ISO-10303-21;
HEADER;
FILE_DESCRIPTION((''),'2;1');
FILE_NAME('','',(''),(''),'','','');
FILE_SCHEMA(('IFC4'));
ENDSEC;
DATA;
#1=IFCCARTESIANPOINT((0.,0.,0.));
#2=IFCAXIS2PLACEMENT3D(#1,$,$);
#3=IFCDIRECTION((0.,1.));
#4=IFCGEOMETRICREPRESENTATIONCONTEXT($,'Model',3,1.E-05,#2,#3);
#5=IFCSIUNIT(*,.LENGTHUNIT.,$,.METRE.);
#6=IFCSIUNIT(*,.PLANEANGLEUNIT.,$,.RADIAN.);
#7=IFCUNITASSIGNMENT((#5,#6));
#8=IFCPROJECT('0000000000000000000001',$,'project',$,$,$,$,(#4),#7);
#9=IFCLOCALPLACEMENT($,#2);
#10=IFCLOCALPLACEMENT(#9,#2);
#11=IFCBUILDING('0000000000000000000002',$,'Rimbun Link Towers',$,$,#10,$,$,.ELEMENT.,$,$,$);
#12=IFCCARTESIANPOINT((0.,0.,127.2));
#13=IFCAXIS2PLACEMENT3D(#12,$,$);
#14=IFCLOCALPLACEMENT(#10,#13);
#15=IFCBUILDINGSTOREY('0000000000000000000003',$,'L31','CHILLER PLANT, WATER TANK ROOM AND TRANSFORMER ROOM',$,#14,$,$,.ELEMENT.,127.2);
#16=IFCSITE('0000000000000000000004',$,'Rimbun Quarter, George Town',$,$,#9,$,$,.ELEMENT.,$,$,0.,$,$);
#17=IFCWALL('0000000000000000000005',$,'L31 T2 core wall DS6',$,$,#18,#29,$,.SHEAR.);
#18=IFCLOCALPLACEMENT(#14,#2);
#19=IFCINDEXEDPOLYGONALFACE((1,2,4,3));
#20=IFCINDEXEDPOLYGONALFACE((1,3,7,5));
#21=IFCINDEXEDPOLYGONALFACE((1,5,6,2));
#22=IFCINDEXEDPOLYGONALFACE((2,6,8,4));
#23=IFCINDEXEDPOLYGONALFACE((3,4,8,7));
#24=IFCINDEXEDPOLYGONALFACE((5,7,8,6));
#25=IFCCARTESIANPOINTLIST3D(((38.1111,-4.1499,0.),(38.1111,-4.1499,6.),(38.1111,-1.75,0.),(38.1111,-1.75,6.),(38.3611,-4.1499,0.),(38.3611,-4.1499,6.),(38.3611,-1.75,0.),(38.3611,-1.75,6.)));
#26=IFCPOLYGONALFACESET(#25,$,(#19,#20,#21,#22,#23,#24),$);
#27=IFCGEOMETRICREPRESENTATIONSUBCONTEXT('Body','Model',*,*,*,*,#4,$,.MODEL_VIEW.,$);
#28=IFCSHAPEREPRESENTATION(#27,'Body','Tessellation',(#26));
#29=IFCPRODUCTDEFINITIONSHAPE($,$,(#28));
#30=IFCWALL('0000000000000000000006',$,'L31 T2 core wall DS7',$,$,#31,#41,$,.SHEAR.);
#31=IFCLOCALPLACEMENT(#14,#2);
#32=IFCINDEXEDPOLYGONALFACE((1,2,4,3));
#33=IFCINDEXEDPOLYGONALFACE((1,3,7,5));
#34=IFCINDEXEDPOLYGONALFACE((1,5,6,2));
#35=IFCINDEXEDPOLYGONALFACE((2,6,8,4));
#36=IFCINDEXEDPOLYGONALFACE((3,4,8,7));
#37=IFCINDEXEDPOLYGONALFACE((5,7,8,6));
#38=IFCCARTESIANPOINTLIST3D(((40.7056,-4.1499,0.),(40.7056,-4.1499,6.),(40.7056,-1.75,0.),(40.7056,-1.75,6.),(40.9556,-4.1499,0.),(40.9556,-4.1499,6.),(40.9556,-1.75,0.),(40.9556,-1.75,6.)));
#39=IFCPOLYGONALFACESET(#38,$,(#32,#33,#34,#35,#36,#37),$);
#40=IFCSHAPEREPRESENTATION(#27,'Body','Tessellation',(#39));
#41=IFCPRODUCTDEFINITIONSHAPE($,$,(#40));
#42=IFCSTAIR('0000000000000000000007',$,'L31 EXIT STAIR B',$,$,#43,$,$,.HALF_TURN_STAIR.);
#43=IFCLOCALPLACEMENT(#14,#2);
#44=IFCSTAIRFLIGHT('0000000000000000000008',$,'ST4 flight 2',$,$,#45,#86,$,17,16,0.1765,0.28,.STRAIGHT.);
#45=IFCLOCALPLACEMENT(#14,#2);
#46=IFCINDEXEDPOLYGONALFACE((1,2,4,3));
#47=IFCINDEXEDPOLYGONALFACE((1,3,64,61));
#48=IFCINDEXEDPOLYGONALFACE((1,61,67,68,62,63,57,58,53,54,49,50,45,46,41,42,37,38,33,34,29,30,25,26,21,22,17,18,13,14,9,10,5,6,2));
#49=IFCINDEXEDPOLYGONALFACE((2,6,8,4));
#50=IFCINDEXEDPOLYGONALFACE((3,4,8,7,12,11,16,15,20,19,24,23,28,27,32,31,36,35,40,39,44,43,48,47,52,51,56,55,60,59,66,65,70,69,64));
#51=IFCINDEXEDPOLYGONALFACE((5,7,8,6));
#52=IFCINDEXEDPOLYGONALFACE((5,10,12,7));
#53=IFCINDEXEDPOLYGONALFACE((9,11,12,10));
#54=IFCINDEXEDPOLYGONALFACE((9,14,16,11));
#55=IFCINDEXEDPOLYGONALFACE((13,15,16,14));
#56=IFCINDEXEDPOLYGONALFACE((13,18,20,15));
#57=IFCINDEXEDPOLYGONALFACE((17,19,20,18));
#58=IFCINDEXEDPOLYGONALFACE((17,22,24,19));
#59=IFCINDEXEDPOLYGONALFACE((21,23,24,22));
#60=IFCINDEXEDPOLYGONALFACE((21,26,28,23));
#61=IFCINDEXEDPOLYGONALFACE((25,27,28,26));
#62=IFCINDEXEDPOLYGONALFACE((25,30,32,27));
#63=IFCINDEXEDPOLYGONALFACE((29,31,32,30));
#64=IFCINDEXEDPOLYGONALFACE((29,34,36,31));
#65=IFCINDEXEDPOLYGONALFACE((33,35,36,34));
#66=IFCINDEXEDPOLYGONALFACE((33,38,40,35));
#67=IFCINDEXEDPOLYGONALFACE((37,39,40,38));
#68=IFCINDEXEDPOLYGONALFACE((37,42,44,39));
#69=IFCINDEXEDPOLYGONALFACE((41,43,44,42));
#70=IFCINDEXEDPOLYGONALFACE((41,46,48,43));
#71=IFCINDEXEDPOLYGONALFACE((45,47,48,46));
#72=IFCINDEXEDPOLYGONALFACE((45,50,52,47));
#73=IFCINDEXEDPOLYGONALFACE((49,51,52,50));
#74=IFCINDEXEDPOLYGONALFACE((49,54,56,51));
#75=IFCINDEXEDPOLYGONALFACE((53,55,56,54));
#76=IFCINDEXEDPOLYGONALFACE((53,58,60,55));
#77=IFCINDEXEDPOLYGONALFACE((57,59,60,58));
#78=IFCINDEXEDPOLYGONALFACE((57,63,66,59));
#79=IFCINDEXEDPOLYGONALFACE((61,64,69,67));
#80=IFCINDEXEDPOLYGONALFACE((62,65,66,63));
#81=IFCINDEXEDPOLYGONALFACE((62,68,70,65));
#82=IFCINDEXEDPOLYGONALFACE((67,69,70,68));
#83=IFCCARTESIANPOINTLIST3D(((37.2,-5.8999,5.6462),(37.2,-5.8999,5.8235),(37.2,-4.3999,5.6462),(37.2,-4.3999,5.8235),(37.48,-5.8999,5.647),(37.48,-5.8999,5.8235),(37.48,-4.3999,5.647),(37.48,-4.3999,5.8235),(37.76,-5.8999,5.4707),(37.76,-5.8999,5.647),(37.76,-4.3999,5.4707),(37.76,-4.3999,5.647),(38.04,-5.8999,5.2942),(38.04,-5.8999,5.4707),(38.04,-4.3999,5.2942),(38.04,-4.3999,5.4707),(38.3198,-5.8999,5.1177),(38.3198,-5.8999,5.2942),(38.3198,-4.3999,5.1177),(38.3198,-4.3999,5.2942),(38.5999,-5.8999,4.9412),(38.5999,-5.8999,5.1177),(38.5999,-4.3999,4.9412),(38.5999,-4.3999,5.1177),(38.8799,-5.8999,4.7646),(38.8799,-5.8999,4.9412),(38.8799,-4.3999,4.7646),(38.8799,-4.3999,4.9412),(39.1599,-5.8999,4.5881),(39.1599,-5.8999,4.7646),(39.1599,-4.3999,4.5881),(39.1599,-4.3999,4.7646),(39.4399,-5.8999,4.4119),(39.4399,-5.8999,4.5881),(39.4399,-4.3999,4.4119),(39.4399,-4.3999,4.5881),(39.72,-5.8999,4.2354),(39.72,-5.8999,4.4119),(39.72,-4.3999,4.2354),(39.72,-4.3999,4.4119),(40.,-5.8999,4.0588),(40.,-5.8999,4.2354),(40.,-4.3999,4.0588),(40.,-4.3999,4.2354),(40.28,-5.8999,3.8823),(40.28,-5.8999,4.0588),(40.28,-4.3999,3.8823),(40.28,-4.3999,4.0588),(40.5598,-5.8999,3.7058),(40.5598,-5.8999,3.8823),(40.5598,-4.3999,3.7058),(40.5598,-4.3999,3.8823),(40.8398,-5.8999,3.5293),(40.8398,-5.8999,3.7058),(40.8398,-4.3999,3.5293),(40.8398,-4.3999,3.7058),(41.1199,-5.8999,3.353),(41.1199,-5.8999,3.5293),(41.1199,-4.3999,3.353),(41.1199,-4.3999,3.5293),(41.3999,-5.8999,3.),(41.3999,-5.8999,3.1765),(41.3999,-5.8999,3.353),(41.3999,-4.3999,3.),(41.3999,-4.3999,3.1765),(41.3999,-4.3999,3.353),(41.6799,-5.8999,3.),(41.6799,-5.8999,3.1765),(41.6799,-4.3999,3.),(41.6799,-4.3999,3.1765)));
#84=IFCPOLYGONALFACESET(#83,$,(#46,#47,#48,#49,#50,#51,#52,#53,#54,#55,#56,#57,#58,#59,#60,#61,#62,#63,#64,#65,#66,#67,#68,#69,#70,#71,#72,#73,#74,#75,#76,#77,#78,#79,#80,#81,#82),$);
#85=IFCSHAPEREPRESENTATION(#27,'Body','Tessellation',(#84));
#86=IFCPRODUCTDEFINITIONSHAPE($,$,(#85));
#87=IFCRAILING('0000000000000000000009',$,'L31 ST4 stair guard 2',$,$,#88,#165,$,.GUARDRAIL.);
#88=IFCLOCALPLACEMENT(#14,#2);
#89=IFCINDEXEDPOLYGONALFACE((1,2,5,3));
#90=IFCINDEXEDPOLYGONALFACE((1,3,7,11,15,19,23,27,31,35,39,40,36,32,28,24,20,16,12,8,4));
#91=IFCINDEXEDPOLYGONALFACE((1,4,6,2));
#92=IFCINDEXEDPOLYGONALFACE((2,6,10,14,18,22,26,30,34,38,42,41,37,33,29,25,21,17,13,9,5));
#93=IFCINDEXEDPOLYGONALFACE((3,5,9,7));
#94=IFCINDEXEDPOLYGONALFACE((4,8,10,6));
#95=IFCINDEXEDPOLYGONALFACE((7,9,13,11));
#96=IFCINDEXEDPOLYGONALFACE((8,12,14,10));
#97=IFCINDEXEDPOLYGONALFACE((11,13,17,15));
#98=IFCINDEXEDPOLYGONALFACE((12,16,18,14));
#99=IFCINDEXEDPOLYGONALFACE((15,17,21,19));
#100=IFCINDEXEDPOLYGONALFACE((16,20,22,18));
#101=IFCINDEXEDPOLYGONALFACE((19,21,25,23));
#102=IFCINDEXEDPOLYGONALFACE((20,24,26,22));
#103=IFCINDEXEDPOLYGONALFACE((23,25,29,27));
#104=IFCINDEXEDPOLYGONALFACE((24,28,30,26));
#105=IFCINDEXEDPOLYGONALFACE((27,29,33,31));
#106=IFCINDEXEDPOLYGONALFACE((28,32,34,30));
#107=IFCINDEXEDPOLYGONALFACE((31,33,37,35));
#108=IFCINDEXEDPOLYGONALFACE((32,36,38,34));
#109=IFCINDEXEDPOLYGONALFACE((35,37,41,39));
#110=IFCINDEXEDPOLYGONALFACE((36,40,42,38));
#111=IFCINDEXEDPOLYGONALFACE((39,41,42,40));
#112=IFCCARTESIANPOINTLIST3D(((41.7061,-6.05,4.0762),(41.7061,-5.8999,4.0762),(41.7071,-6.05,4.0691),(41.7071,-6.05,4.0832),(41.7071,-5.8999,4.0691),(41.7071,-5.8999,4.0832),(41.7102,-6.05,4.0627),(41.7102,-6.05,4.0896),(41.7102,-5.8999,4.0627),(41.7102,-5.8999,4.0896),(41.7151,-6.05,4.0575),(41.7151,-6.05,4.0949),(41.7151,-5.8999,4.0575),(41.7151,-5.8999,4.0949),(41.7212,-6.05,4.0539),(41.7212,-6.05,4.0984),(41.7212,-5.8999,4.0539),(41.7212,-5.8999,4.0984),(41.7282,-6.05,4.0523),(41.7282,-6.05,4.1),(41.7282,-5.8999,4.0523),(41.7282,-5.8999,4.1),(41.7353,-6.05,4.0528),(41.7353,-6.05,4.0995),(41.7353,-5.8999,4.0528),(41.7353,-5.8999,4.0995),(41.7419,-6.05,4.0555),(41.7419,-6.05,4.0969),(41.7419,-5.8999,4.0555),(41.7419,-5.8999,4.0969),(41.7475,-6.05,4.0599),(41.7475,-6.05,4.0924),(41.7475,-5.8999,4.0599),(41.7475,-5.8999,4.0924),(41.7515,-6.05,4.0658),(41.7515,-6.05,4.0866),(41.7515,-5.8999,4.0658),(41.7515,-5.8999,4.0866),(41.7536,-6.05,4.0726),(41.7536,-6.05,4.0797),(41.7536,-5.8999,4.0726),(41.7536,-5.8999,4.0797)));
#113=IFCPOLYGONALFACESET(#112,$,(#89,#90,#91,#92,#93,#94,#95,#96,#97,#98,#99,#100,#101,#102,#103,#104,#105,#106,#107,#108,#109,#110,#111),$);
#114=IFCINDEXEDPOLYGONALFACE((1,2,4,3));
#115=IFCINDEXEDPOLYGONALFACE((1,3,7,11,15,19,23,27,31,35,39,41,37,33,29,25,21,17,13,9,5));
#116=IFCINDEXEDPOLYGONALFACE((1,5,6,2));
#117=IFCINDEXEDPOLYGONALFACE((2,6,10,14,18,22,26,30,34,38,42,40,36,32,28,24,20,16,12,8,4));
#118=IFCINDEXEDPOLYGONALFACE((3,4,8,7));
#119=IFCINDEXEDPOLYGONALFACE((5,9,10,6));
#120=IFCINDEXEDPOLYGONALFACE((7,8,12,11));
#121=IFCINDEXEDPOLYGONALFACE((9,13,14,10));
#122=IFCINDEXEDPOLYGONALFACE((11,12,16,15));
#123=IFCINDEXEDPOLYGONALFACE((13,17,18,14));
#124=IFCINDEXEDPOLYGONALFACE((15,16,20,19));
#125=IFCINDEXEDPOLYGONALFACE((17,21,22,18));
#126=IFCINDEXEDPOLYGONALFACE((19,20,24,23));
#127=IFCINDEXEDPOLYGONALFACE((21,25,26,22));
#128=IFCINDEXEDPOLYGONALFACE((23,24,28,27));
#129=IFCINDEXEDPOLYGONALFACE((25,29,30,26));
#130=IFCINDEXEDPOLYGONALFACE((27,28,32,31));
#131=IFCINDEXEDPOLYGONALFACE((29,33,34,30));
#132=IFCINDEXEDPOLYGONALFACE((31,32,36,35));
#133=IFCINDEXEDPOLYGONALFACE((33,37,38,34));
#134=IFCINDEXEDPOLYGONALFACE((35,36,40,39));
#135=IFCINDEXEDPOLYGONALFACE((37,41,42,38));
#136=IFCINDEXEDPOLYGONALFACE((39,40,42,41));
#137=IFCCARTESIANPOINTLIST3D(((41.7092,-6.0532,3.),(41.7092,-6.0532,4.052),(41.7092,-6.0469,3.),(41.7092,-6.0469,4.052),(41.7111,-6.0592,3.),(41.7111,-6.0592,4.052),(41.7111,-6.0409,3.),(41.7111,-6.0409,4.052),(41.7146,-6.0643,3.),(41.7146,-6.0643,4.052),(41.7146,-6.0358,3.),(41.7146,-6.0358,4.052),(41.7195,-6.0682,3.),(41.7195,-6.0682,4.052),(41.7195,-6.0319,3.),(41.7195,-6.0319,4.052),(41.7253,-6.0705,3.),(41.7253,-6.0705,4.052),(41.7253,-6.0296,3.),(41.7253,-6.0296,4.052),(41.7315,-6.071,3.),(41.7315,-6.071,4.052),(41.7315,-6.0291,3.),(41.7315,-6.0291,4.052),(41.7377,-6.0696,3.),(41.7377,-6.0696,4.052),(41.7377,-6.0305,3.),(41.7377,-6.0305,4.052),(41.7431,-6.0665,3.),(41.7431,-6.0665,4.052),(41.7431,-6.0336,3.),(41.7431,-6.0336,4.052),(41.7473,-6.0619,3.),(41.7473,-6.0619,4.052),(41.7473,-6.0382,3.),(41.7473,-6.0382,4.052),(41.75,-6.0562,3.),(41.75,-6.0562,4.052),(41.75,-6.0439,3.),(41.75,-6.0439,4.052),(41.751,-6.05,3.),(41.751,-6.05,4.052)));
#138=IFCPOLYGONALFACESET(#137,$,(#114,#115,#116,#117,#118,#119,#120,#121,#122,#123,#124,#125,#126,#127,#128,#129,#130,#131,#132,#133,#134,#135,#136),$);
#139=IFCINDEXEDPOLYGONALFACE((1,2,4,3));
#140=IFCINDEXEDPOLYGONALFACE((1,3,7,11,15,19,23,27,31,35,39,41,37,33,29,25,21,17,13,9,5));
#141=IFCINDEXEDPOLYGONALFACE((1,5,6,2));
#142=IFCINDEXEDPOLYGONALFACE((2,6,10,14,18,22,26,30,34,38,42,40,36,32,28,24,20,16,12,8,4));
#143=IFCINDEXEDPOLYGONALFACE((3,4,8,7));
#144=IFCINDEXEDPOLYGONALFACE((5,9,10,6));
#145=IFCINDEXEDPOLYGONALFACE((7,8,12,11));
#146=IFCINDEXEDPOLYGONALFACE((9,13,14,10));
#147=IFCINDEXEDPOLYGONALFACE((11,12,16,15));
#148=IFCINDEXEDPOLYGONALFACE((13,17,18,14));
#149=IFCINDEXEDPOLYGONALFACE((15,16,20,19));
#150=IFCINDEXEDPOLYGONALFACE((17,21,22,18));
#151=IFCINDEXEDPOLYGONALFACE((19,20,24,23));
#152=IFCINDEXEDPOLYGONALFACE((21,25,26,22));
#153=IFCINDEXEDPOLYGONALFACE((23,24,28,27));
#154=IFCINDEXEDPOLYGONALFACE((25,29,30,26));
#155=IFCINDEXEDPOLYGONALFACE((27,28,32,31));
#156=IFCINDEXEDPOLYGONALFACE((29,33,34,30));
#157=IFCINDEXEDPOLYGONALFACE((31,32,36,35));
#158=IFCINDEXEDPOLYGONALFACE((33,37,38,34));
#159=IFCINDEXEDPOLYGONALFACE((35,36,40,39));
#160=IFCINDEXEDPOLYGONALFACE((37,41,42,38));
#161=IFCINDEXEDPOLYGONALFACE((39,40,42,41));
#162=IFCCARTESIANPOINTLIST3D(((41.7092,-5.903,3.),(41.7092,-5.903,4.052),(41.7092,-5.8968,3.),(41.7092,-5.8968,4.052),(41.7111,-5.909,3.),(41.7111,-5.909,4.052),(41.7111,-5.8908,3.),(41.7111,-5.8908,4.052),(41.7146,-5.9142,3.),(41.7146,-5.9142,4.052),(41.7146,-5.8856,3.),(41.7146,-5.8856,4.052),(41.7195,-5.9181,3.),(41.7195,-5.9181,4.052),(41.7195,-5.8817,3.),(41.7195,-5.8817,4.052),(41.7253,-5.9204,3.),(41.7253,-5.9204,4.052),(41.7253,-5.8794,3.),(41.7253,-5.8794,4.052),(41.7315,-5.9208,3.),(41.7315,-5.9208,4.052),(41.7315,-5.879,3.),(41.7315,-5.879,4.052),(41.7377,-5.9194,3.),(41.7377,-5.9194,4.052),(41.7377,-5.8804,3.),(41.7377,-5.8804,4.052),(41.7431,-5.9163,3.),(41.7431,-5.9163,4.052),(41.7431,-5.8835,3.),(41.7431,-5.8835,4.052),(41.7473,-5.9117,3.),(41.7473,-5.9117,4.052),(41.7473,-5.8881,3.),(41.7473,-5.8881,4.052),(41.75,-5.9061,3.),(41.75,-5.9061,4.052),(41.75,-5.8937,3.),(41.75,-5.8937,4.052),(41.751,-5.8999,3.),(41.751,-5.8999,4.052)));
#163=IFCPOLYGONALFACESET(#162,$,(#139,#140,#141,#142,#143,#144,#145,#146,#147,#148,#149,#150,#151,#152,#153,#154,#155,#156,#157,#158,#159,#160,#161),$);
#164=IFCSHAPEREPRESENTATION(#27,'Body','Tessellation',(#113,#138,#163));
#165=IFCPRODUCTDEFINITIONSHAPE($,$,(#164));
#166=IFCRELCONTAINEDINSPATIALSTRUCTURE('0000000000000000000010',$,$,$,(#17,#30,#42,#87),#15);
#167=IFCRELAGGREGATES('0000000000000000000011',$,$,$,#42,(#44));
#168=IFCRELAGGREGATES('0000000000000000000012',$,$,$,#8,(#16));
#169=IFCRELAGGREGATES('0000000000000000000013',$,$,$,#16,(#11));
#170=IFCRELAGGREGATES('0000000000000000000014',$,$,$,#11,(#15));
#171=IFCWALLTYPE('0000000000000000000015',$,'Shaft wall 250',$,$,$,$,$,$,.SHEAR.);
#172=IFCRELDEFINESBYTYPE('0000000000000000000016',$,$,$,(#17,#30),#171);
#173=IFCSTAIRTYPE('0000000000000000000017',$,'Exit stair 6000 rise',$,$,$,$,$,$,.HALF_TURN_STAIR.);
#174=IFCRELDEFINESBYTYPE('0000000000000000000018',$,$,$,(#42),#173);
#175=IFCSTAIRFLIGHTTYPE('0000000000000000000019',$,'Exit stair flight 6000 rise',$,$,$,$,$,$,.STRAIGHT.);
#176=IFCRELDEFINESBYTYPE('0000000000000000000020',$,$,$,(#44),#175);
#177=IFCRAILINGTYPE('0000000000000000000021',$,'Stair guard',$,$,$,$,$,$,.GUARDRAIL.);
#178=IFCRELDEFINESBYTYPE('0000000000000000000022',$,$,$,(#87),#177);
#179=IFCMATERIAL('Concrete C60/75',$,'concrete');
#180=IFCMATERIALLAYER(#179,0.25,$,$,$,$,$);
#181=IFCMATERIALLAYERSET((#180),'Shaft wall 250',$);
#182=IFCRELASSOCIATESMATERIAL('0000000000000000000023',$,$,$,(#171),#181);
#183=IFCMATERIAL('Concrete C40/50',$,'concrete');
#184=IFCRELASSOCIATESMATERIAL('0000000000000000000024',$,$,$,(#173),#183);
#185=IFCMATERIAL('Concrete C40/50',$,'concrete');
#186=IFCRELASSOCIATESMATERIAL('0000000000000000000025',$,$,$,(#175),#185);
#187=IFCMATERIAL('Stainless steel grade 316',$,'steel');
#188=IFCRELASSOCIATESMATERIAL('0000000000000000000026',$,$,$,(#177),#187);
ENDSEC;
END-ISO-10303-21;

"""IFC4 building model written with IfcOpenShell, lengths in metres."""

from ifc_helpers import new_model, si_unit, direction, frame, frame_2d, origin, origin_2d, place, context, subcontext, project, spatial, polyline, rectangle, circle, outline, extrude, material, layer, layer_set, type_object, element, aggregate, save


model = new_model("IFC4")

# Units and contexts
model_context = context("Model", 3, precision=1e-05, world=origin(), true_north=direction((0.0, 1.0)))
body_context = subcontext(model_context, "Body", "Model", "MODEL_VIEW")
ifc_project = project(units=[si_unit("LENGTHUNIT", "METRE"), si_unit("PLANEANGLEUNIT", "RADIAN")], contexts=[model_context])

# Site, building, storey
site_placement = place(None, origin())
site = spatial("IfcSite", under=ifc_project, at=site_placement, Name="Rimbun Quarter, George Town", CompositionType="ELEMENT", RefElevation=0.0)
building_placement = place(site_placement, origin())
building = spatial("IfcBuilding", under=site, at=building_placement, Name="Rimbun Link Towers", CompositionType="ELEMENT")
storey_placement = place(building_placement, frame((0.0, 0.0, 127.2)))
storey = spatial("IfcBuildingStorey", under=building, at=storey_placement, Name="L31", Description="CHILLER PLANT, WATER TANK ROOM AND TRANSFORMER ROOM", CompositionType="ELEMENT", Elevation=127.2)

# Walls
ifc_material_1 = material(Name="Concrete C60/75", Category="concrete")
ifc_layer_1 = layer(ifc_material_1, 0.25)
ifc_layer_set_1 = layer_set([ifc_layer_1], Name="Shaft wall 250")
wall_type_1 = type_object("IfcWallType", Name="Shaft wall 250", PredefinedType="SHEAR", material=ifc_layer_set_1)
for number, where, z_axis, x_axis, name in (
    (1, (38.2361, -4.1499, 0.0), (0.0, 0.0, 1.0), (0.0, 1.0, 0.0), "L31 T2 core wall DS6"),
    (2, (40.8306, -4.1499, 0.0), (0.0, 0.0, 1.0), (0.0, 1.0, 0.0), "L31 T2 core wall DS7"),
):
    element("IfcWall", number, at=place(storey_placement, frame(where, z_axis=z_axis, x_axis=x_axis)), inside=storey, type_object=wall_type_1, Name=name, PredefinedType="SHEAR", context=body_context, shape_type="SweptSolid", body=[
        extrude(rectangle(XDim=2.3999, YDim=0.25, at=frame_2d((1.2, 0.0))), origin(), (0.0, 0.0, 1.0), 6.0),
    ])

# Stair, stair flight
ifc_material_2 = material(Name="Concrete C40/50", Category="concrete")
stair_type = type_object("IfcStairType", Name="Exit stair 6000 rise", PredefinedType="HALF_TURN_STAIR", material=ifc_material_2)
stair_placement = place(storey_placement, origin())
stair = element("IfcStair", 3, at=stair_placement, inside=storey, type_object=stair_type, Name="L31 EXIT STAIR B", PredefinedType="HALF_TURN_STAIR")
ifc_material_3 = material(Name="Concrete C40/50", Category="concrete")
stair_flight_type = type_object("IfcStairFlightType", Name="Exit stair flight 6000 rise", PredefinedType="STRAIGHT", material=ifc_material_3)
stair_flight_placement = place(storey_placement, frame((41.6799, -5.1499, 3.0), z_axis=(0.0, 0.0, 1.0), x_axis=(-1.0, 0.0, 0.0)))
stair_flight = element("IfcStairFlight", 4, at=stair_flight_placement, type_object=stair_flight_type, Name="ST4 flight 2", NumberOfRisers=17, NumberOfTreads=16, PredefinedType="STRAIGHT", RiserHeight=0.1765, TreadLength=0.28, context=body_context, shape_type="SweptSolid", body=[
    extrude(outline(polyline([(0.0, 0.0), (0.0, 0.1765), (0.28, 0.1765), (0.28, 0.353), (0.5601, 0.353), (0.5601, 0.5293), (0.8401, 0.5293), (0.8401, 0.7058), (1.1201, 0.7058), (1.1201, 0.8823), (1.3999, 0.8823), (1.3999, 1.0588), (1.6799, 1.0588), (1.6799, 1.2354), (1.96, 1.2354), (1.96, 1.4119), (2.24, 1.4119), (2.24, 1.5881), (2.52, 1.5881), (2.52, 1.7646), (2.8, 1.7646), (2.8, 1.9412), (3.0801, 1.9412), (3.0801, 2.1177), (3.3601, 2.1177), (3.3601, 2.2942), (3.6399, 2.2942), (3.6399, 2.4707), (3.9199, 2.4707), (3.9199, 2.647), (4.2, 2.647), (4.2, 2.8235), (4.48, 2.8235), (4.48, 3.0), (4.48, 2.6462), (0.28, 0.0), (0.0, 0.0)])), frame((0.0, 0.75, 0.0), z_axis=(0.0, -1.0, 0.0), x_axis=(1.0, 0.0, 0.0)), (0.0, 0.0, 1.0), 1.5),
])
aggregate(stair, [stair_flight])

# Railing
ifc_material_4 = material(Name="Stainless steel grade 316", Category="steel")
railing_type_1 = type_object("IfcRailingType", Name="Stair guard", PredefinedType="GUARDRAIL", material=ifc_material_4)
railing_1_placement = place(storey_placement, frame((41.73, -6.05, 3.0)))
element("IfcRailing", 5, at=railing_1_placement, inside=storey, type_object=railing_type_1, Name="L31 ST4 stair guard 2", PredefinedType="GUARDRAIL", context=body_context, shape_type="SweptSolid", body=[
    extrude(circle(Radius=0.0239, at=origin_2d()), frame((0.0, 0.0, 1.0762), z_axis=(0.0, 1.0, 0.0), x_axis=(-1.0, 0.0, 0.0)), (0.0, 0.0, 1.0), 0.1501),
    extrude(circle(Radius=0.021, at=origin_2d()), origin(), (0.0, 0.0, 1.0), 1.052),
    extrude(circle(Radius=0.021, at=origin_2d()), frame((0.0, 0.1501, 0.0)), (0.0, 0.0, 1.0), 1.052),
])

save(model, "model.ifc")
